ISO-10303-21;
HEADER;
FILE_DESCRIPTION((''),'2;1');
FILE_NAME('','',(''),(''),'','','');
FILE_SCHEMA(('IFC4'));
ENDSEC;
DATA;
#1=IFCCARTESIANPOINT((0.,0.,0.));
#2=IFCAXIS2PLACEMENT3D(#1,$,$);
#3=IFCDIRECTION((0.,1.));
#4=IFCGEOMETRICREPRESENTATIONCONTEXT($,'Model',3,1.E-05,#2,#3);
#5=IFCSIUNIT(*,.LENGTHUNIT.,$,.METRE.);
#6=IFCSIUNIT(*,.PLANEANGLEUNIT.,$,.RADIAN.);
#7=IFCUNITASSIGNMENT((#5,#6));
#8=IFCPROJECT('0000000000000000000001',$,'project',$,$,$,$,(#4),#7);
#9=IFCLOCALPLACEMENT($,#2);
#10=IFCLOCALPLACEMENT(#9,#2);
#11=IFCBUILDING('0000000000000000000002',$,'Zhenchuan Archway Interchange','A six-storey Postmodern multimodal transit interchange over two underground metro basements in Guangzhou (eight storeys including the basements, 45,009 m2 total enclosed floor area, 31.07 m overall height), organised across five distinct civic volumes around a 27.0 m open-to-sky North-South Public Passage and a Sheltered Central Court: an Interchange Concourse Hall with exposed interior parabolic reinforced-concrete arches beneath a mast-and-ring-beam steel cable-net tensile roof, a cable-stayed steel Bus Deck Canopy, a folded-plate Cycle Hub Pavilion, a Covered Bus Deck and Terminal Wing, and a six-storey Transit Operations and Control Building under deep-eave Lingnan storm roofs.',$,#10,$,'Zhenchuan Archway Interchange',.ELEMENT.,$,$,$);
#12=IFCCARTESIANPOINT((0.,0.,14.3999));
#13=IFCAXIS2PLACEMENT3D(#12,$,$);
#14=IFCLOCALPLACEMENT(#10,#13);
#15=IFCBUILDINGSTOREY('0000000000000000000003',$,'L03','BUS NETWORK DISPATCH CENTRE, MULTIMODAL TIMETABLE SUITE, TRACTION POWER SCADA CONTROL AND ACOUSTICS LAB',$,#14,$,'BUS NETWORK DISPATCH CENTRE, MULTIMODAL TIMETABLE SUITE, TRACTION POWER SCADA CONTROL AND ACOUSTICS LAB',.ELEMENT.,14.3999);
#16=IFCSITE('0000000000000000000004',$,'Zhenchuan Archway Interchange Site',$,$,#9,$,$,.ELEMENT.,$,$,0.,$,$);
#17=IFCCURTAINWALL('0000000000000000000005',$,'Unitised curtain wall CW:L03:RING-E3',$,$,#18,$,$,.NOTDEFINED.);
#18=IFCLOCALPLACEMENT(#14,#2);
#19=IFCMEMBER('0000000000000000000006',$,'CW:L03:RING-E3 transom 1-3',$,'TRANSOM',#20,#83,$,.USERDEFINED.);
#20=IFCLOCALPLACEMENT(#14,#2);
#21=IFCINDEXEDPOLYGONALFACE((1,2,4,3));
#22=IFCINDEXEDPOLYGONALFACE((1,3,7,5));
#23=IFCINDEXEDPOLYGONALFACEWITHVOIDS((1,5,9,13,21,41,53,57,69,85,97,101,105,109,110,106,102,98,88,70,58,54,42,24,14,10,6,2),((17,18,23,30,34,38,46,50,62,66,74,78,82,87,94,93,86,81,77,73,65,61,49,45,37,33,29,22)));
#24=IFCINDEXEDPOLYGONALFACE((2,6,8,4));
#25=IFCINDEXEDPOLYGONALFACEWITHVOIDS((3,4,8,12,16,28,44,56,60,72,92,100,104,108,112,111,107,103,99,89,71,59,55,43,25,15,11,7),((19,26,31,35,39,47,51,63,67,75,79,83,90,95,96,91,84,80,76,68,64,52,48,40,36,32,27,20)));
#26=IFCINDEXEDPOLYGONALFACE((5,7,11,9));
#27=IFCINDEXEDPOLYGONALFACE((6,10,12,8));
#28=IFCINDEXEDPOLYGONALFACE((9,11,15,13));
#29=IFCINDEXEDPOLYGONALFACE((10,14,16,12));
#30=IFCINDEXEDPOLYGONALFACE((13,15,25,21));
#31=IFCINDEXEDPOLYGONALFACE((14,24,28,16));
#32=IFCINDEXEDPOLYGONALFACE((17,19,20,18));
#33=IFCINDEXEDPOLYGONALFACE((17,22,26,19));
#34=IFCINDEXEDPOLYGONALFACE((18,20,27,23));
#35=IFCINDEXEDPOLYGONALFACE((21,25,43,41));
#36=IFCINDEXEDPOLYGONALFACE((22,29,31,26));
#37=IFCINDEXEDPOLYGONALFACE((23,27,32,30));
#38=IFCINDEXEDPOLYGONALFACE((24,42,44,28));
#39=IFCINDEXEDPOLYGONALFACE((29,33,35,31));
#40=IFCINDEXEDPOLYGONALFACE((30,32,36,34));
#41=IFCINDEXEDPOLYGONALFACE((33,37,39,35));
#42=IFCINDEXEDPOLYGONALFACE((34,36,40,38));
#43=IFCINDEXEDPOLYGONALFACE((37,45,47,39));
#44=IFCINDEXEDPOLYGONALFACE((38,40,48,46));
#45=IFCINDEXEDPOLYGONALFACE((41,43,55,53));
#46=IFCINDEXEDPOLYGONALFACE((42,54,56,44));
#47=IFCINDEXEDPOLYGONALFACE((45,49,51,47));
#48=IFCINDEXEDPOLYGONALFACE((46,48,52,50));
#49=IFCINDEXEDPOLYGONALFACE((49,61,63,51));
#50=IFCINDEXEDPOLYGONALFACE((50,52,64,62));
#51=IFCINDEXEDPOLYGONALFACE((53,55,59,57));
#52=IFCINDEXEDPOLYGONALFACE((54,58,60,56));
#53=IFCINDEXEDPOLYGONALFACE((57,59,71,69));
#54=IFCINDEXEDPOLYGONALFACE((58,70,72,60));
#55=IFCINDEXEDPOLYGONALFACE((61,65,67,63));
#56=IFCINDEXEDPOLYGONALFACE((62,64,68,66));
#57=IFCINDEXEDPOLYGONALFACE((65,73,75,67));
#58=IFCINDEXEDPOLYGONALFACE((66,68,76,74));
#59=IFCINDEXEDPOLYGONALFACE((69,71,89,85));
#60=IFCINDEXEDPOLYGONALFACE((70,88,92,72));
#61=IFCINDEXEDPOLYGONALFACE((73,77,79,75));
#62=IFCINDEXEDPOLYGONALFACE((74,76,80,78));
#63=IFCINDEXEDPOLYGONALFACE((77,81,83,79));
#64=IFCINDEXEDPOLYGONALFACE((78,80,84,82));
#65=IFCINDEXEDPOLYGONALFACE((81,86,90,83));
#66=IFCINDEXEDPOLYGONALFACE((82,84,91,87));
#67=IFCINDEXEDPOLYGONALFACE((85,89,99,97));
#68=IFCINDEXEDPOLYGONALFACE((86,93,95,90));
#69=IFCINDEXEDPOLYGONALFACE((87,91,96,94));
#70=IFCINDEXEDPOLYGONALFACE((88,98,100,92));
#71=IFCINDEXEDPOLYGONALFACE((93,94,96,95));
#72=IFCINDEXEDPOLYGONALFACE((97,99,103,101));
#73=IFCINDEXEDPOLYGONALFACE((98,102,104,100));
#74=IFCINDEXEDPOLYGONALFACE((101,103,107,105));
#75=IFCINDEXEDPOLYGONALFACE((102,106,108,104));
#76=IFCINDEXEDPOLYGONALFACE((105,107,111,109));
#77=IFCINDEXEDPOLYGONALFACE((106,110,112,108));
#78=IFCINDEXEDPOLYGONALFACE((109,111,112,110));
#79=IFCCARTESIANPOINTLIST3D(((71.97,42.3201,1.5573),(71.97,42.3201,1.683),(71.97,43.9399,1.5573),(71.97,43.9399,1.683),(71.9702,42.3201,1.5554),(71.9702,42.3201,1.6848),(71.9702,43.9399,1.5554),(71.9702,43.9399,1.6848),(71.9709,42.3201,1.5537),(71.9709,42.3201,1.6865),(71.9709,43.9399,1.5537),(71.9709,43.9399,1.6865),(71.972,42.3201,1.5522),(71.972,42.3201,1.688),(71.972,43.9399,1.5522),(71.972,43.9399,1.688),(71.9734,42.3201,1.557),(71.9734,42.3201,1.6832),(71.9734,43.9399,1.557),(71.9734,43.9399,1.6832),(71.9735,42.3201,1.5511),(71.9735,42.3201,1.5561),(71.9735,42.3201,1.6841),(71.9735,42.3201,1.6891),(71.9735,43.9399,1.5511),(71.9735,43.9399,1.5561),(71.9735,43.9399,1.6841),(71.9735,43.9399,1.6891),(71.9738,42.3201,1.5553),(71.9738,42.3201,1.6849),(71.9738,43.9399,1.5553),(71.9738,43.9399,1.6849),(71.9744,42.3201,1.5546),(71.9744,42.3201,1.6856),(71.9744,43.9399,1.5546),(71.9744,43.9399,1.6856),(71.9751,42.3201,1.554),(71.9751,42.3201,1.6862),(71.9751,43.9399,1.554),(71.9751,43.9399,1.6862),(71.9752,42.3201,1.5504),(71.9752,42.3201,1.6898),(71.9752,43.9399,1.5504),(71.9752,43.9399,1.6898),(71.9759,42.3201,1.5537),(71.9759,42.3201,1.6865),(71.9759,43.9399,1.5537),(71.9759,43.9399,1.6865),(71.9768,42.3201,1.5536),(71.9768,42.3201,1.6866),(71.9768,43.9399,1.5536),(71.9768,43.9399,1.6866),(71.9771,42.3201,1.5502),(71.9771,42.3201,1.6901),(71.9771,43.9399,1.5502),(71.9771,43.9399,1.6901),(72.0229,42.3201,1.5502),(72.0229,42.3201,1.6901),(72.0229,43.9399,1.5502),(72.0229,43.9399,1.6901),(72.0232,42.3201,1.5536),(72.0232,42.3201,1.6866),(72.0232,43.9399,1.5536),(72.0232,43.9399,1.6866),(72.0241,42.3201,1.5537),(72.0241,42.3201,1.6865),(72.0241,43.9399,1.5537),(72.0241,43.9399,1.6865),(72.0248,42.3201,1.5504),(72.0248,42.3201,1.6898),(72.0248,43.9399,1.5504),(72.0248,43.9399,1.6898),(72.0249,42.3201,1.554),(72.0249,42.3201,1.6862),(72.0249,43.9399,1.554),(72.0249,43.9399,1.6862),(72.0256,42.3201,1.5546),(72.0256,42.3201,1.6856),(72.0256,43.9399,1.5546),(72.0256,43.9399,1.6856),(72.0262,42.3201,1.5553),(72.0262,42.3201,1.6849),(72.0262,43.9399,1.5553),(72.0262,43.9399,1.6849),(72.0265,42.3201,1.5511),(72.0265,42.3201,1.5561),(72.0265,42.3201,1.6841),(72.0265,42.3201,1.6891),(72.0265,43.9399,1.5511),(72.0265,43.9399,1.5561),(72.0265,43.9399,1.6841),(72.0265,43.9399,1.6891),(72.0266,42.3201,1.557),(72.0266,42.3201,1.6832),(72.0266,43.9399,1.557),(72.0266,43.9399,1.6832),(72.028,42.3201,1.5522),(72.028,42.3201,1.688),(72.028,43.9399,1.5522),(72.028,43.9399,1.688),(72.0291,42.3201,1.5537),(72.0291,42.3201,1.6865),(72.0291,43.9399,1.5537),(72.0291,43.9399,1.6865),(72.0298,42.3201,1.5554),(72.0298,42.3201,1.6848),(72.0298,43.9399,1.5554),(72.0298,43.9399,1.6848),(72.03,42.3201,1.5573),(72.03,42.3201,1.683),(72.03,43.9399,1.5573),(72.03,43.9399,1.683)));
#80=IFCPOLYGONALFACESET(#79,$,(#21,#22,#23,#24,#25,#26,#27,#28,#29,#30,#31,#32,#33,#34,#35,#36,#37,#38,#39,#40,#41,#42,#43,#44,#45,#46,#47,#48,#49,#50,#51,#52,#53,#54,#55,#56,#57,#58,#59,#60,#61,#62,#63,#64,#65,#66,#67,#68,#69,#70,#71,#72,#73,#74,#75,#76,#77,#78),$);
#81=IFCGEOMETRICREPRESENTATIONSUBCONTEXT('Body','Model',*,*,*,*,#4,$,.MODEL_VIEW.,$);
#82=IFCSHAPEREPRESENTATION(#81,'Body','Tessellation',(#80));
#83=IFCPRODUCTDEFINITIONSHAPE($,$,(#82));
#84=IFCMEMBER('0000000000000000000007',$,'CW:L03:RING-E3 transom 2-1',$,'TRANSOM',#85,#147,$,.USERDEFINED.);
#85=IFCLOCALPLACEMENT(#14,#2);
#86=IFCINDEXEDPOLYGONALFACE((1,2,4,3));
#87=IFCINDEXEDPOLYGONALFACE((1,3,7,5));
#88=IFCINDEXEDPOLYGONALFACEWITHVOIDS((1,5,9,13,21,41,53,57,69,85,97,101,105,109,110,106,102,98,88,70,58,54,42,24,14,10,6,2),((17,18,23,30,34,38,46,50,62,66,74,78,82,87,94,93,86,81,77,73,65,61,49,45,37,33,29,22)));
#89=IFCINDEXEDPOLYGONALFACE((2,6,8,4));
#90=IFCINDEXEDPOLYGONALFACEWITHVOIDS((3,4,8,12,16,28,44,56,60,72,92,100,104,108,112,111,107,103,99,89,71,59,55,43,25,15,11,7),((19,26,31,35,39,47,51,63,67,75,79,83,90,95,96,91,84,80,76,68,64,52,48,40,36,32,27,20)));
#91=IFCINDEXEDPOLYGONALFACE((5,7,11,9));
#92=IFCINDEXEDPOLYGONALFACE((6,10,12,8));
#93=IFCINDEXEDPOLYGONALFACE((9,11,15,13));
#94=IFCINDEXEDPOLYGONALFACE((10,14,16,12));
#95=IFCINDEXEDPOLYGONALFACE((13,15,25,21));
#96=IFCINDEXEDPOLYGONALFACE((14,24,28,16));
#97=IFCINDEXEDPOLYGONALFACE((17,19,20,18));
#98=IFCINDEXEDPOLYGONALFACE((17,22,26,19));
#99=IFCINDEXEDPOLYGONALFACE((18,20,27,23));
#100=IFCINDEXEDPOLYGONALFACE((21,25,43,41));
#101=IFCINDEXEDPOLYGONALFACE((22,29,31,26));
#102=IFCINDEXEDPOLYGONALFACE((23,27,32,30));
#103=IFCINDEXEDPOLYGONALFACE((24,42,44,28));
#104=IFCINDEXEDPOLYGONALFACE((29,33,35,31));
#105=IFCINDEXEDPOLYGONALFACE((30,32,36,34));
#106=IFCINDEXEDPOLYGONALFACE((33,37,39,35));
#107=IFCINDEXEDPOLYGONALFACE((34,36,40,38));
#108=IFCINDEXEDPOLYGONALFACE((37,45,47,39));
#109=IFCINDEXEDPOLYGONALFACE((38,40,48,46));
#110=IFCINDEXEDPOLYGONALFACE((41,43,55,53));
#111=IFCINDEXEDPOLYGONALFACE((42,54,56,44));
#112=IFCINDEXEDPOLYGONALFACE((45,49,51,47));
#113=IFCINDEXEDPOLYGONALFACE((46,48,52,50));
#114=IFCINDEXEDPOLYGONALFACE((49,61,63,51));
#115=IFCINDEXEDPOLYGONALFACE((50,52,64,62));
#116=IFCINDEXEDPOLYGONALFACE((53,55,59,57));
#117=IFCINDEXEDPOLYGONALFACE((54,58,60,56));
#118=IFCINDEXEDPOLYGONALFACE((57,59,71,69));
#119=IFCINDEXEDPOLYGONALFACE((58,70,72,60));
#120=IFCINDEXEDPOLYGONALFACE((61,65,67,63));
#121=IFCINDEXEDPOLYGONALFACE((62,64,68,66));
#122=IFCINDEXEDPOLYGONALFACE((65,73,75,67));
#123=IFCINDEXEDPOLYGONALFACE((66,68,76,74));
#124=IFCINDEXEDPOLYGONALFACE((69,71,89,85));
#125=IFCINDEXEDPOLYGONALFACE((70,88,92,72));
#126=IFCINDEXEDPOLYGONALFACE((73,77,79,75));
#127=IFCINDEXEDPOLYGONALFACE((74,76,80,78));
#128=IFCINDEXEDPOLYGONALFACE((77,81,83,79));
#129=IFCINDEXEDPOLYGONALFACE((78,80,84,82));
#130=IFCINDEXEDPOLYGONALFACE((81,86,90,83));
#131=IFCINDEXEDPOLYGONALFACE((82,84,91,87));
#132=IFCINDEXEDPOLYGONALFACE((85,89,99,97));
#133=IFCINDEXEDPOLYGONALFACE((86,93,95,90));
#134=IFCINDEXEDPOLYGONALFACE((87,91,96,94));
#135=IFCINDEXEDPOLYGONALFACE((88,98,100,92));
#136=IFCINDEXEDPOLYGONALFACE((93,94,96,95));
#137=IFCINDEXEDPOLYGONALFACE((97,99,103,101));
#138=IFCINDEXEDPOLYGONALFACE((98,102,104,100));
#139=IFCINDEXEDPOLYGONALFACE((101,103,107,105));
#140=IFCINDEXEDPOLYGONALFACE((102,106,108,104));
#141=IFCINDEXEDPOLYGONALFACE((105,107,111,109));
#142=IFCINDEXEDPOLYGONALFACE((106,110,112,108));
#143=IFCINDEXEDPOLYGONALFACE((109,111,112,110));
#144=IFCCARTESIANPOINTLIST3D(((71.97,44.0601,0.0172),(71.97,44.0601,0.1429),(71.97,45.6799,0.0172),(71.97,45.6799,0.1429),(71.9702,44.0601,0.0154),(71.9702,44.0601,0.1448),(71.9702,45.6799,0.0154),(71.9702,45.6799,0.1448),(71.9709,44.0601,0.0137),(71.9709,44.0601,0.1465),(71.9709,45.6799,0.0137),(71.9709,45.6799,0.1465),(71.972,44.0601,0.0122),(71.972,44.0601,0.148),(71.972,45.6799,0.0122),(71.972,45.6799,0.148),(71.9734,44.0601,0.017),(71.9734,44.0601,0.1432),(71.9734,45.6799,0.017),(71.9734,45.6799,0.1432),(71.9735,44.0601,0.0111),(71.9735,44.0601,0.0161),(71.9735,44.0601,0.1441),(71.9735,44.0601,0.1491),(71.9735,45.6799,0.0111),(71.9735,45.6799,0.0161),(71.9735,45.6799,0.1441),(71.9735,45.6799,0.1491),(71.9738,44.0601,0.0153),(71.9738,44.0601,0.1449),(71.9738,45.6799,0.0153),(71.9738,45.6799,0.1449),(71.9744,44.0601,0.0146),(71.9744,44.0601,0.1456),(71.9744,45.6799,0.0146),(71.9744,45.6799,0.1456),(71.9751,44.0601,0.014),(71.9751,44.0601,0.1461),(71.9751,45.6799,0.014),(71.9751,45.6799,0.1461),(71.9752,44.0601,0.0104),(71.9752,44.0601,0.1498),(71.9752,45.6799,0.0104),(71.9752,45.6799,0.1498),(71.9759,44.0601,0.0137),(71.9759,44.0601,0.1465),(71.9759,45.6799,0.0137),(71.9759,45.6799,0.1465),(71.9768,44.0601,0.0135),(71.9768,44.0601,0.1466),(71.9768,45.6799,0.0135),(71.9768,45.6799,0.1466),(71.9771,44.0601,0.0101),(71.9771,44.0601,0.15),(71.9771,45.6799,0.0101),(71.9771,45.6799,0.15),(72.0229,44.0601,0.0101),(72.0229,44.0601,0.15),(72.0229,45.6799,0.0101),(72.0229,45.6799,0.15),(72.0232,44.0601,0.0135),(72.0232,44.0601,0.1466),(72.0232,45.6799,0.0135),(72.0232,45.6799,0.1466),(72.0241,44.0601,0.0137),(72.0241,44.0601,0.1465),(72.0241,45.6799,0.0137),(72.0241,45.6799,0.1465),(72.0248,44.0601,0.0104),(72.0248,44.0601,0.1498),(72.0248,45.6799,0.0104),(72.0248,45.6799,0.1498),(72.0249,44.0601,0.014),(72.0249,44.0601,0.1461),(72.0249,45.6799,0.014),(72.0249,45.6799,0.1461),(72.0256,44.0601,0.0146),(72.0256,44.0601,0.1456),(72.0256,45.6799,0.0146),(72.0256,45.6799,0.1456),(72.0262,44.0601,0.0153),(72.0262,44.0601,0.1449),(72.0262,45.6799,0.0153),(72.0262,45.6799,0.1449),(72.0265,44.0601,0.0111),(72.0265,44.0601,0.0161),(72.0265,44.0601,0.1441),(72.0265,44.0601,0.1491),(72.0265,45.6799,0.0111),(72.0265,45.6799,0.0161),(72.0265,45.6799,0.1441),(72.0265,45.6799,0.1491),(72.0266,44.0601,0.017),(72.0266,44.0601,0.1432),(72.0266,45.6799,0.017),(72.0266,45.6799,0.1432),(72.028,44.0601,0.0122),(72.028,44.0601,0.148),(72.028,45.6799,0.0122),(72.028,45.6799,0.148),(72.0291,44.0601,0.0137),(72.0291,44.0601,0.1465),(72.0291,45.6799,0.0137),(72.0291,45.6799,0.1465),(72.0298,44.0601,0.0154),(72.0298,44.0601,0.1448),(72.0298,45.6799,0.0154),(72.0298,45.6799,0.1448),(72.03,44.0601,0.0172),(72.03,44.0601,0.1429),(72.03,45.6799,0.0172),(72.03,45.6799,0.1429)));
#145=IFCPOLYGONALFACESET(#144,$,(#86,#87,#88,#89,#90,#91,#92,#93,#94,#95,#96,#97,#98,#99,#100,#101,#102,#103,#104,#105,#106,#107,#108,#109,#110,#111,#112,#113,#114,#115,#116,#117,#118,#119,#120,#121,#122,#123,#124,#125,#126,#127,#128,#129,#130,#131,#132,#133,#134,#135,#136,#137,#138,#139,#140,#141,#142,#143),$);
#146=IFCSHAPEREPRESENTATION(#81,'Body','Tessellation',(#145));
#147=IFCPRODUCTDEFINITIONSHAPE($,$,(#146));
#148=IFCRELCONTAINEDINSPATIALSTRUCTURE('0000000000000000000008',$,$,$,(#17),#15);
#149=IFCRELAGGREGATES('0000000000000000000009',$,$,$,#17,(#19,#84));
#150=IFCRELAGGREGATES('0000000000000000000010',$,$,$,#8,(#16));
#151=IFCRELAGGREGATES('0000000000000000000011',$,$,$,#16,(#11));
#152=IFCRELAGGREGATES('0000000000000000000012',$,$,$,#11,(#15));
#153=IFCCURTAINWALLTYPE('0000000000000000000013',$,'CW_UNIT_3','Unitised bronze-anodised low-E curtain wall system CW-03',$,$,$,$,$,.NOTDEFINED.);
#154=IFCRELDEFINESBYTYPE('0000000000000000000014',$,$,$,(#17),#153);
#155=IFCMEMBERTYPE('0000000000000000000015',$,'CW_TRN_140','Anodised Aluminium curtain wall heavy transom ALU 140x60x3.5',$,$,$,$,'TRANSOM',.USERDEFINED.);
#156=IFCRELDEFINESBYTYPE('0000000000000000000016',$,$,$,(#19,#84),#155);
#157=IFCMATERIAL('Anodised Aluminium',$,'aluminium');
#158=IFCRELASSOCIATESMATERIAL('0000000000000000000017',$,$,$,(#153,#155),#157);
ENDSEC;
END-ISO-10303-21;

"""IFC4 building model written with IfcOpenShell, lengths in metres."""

from ifc_helpers import new_model, si_unit, direction, frame, origin, origin_2d, place, context, subcontext, project, spatial, hollow_rectangle, extrude, material, material_profile, profile_set, type_object, element, aggregate, save


model = new_model("IFC4")

# Units and contexts
model_context = context("Model", 3, precision=1e-05, world=origin(), true_north=direction((0.0, 1.0)))
body_context = subcontext(model_context, "Body", "Model", "MODEL_VIEW")
ifc_project = project(units=[si_unit("LENGTHUNIT", "METRE"), si_unit("PLANEANGLEUNIT", "RADIAN")], contexts=[model_context])

# Site, building, storey
site_placement = place(None, origin())
site = spatial("IfcSite", under=ifc_project, at=site_placement, Name="Zhenchuan Archway Interchange Site", CompositionType="ELEMENT", RefElevation=0.0)
building_placement = place(site_placement, origin())
building = spatial("IfcBuilding", under=site, at=building_placement, Name="Zhenchuan Archway Interchange", Description="A six-storey Postmodern multimodal transit interchange over two underground metro basements in Guangzhou (eight storeys including the basements, 45,009 m2 total enclosed floor area, 31.07 m overall height), organised across five distinct civic volumes around a 27.0 m open-to-sky North-South Public Passage and a Sheltered Central Court: an Interchange Concourse Hall with exposed interior parabolic reinforced-concrete arches beneath a mast-and-ring-beam steel cable-net tensile roof, a cable-stayed steel Bus Deck Canopy, a folded-plate Cycle Hub Pavilion, a Covered Bus Deck and Terminal Wing, and a six-storey Transit Operations and Control Building under deep-eave Lingnan storm roofs.", LongName="Zhenchuan Archway Interchange", CompositionType="ELEMENT")
storey_placement = place(building_placement, frame((0.0, 0.0, 14.3999)))
storey = spatial("IfcBuildingStorey", under=building, at=storey_placement, Name="L03", Description="BUS NETWORK DISPATCH CENTRE, MULTIMODAL TIMETABLE SUITE, TRACTION POWER SCADA CONTROL AND ACOUSTICS LAB", LongName="BUS NETWORK DISPATCH CENTRE, MULTIMODAL TIMETABLE SUITE, TRACTION POWER SCADA CONTROL AND ACOUSTICS LAB", CompositionType="ELEMENT", Elevation=14.3999)

# Curtain wall
ifc_material_1 = material(Name="Anodised Aluminium", Category="aluminium")
curtain_wall_type = type_object("IfcCurtainWallType", Name="CW_UNIT_3", Description="Unitised bronze-anodised low-E curtain wall system CW-03", PredefinedType="NOTDEFINED", material=ifc_material_1)
curtain_wall_1_placement = place(storey_placement, origin())
curtain_wall_1 = element("IfcCurtainWall", 1, at=curtain_wall_1_placement, inside=storey, type_object=curtain_wall_type, Name="Unitised curtain wall CW:L03:RING-E3", PredefinedType="NOTDEFINED")

# Members
ifc_material_profile_1 = material_profile(ifc_material_1, hollow_rectangle(XDim=0.0601, YDim=0.1399, WallThickness=0.0034, InnerFilletRadius=0.0034, OuterFilletRadius=0.0071, at=origin_2d()), Name="ALU 140x60x3.5")
ifc_profile_set_1 = profile_set([ifc_material_profile_1], Name="Anodised Aluminium")
member_type_1 = type_object("IfcMemberType", Name="CW_TRN_140", Description="Anodised Aluminium curtain wall heavy transom ALU 140x60x3.5", ElementType="TRANSOM", PredefinedType="USERDEFINED", material=ifc_profile_set_1)
member_1_placement = place(storey_placement, frame((72.0, 42.3201, 1.6201), z_axis=(0.0, 1.0, 0.0), x_axis=(-1.0, 0.0, 0.0)))
member_1 = element("IfcMember", 2, at=member_1_placement, type_object=member_type_1, Name="CW:L03:RING-E3 transom 1-3", ObjectType="TRANSOM", PredefinedType="USERDEFINED", context=body_context, shape_type="SweptSolid", body=[
    extrude(hollow_rectangle(XDim=0.0601, YDim=0.1399, WallThickness=0.0034, InnerFilletRadius=0.0034, OuterFilletRadius=0.0071, at=origin_2d()), origin(), (0.0, 0.0, 1.0), 1.6199),
])
member_2_placement = place(storey_placement, frame((72.0, 44.0601, 0.0801), z_axis=(0.0, 1.0, 0.0), x_axis=(-1.0, 0.0, 0.0)))
member_2 = element("IfcMember", 3, at=member_2_placement, type_object=member_type_1, Name="CW:L03:RING-E3 transom 2-1", ObjectType="TRANSOM", PredefinedType="USERDEFINED", context=body_context, shape_type="SweptSolid", body=[
    extrude(hollow_rectangle(XDim=0.0601, YDim=0.1399, WallThickness=0.0034, InnerFilletRadius=0.0034, OuterFilletRadius=0.0071, at=origin_2d()), origin(), (0.0, 0.0, 1.0), 1.6199),
])

aggregate(curtain_wall_1, [member_1, member_2])

save(model, "model.ifc")
